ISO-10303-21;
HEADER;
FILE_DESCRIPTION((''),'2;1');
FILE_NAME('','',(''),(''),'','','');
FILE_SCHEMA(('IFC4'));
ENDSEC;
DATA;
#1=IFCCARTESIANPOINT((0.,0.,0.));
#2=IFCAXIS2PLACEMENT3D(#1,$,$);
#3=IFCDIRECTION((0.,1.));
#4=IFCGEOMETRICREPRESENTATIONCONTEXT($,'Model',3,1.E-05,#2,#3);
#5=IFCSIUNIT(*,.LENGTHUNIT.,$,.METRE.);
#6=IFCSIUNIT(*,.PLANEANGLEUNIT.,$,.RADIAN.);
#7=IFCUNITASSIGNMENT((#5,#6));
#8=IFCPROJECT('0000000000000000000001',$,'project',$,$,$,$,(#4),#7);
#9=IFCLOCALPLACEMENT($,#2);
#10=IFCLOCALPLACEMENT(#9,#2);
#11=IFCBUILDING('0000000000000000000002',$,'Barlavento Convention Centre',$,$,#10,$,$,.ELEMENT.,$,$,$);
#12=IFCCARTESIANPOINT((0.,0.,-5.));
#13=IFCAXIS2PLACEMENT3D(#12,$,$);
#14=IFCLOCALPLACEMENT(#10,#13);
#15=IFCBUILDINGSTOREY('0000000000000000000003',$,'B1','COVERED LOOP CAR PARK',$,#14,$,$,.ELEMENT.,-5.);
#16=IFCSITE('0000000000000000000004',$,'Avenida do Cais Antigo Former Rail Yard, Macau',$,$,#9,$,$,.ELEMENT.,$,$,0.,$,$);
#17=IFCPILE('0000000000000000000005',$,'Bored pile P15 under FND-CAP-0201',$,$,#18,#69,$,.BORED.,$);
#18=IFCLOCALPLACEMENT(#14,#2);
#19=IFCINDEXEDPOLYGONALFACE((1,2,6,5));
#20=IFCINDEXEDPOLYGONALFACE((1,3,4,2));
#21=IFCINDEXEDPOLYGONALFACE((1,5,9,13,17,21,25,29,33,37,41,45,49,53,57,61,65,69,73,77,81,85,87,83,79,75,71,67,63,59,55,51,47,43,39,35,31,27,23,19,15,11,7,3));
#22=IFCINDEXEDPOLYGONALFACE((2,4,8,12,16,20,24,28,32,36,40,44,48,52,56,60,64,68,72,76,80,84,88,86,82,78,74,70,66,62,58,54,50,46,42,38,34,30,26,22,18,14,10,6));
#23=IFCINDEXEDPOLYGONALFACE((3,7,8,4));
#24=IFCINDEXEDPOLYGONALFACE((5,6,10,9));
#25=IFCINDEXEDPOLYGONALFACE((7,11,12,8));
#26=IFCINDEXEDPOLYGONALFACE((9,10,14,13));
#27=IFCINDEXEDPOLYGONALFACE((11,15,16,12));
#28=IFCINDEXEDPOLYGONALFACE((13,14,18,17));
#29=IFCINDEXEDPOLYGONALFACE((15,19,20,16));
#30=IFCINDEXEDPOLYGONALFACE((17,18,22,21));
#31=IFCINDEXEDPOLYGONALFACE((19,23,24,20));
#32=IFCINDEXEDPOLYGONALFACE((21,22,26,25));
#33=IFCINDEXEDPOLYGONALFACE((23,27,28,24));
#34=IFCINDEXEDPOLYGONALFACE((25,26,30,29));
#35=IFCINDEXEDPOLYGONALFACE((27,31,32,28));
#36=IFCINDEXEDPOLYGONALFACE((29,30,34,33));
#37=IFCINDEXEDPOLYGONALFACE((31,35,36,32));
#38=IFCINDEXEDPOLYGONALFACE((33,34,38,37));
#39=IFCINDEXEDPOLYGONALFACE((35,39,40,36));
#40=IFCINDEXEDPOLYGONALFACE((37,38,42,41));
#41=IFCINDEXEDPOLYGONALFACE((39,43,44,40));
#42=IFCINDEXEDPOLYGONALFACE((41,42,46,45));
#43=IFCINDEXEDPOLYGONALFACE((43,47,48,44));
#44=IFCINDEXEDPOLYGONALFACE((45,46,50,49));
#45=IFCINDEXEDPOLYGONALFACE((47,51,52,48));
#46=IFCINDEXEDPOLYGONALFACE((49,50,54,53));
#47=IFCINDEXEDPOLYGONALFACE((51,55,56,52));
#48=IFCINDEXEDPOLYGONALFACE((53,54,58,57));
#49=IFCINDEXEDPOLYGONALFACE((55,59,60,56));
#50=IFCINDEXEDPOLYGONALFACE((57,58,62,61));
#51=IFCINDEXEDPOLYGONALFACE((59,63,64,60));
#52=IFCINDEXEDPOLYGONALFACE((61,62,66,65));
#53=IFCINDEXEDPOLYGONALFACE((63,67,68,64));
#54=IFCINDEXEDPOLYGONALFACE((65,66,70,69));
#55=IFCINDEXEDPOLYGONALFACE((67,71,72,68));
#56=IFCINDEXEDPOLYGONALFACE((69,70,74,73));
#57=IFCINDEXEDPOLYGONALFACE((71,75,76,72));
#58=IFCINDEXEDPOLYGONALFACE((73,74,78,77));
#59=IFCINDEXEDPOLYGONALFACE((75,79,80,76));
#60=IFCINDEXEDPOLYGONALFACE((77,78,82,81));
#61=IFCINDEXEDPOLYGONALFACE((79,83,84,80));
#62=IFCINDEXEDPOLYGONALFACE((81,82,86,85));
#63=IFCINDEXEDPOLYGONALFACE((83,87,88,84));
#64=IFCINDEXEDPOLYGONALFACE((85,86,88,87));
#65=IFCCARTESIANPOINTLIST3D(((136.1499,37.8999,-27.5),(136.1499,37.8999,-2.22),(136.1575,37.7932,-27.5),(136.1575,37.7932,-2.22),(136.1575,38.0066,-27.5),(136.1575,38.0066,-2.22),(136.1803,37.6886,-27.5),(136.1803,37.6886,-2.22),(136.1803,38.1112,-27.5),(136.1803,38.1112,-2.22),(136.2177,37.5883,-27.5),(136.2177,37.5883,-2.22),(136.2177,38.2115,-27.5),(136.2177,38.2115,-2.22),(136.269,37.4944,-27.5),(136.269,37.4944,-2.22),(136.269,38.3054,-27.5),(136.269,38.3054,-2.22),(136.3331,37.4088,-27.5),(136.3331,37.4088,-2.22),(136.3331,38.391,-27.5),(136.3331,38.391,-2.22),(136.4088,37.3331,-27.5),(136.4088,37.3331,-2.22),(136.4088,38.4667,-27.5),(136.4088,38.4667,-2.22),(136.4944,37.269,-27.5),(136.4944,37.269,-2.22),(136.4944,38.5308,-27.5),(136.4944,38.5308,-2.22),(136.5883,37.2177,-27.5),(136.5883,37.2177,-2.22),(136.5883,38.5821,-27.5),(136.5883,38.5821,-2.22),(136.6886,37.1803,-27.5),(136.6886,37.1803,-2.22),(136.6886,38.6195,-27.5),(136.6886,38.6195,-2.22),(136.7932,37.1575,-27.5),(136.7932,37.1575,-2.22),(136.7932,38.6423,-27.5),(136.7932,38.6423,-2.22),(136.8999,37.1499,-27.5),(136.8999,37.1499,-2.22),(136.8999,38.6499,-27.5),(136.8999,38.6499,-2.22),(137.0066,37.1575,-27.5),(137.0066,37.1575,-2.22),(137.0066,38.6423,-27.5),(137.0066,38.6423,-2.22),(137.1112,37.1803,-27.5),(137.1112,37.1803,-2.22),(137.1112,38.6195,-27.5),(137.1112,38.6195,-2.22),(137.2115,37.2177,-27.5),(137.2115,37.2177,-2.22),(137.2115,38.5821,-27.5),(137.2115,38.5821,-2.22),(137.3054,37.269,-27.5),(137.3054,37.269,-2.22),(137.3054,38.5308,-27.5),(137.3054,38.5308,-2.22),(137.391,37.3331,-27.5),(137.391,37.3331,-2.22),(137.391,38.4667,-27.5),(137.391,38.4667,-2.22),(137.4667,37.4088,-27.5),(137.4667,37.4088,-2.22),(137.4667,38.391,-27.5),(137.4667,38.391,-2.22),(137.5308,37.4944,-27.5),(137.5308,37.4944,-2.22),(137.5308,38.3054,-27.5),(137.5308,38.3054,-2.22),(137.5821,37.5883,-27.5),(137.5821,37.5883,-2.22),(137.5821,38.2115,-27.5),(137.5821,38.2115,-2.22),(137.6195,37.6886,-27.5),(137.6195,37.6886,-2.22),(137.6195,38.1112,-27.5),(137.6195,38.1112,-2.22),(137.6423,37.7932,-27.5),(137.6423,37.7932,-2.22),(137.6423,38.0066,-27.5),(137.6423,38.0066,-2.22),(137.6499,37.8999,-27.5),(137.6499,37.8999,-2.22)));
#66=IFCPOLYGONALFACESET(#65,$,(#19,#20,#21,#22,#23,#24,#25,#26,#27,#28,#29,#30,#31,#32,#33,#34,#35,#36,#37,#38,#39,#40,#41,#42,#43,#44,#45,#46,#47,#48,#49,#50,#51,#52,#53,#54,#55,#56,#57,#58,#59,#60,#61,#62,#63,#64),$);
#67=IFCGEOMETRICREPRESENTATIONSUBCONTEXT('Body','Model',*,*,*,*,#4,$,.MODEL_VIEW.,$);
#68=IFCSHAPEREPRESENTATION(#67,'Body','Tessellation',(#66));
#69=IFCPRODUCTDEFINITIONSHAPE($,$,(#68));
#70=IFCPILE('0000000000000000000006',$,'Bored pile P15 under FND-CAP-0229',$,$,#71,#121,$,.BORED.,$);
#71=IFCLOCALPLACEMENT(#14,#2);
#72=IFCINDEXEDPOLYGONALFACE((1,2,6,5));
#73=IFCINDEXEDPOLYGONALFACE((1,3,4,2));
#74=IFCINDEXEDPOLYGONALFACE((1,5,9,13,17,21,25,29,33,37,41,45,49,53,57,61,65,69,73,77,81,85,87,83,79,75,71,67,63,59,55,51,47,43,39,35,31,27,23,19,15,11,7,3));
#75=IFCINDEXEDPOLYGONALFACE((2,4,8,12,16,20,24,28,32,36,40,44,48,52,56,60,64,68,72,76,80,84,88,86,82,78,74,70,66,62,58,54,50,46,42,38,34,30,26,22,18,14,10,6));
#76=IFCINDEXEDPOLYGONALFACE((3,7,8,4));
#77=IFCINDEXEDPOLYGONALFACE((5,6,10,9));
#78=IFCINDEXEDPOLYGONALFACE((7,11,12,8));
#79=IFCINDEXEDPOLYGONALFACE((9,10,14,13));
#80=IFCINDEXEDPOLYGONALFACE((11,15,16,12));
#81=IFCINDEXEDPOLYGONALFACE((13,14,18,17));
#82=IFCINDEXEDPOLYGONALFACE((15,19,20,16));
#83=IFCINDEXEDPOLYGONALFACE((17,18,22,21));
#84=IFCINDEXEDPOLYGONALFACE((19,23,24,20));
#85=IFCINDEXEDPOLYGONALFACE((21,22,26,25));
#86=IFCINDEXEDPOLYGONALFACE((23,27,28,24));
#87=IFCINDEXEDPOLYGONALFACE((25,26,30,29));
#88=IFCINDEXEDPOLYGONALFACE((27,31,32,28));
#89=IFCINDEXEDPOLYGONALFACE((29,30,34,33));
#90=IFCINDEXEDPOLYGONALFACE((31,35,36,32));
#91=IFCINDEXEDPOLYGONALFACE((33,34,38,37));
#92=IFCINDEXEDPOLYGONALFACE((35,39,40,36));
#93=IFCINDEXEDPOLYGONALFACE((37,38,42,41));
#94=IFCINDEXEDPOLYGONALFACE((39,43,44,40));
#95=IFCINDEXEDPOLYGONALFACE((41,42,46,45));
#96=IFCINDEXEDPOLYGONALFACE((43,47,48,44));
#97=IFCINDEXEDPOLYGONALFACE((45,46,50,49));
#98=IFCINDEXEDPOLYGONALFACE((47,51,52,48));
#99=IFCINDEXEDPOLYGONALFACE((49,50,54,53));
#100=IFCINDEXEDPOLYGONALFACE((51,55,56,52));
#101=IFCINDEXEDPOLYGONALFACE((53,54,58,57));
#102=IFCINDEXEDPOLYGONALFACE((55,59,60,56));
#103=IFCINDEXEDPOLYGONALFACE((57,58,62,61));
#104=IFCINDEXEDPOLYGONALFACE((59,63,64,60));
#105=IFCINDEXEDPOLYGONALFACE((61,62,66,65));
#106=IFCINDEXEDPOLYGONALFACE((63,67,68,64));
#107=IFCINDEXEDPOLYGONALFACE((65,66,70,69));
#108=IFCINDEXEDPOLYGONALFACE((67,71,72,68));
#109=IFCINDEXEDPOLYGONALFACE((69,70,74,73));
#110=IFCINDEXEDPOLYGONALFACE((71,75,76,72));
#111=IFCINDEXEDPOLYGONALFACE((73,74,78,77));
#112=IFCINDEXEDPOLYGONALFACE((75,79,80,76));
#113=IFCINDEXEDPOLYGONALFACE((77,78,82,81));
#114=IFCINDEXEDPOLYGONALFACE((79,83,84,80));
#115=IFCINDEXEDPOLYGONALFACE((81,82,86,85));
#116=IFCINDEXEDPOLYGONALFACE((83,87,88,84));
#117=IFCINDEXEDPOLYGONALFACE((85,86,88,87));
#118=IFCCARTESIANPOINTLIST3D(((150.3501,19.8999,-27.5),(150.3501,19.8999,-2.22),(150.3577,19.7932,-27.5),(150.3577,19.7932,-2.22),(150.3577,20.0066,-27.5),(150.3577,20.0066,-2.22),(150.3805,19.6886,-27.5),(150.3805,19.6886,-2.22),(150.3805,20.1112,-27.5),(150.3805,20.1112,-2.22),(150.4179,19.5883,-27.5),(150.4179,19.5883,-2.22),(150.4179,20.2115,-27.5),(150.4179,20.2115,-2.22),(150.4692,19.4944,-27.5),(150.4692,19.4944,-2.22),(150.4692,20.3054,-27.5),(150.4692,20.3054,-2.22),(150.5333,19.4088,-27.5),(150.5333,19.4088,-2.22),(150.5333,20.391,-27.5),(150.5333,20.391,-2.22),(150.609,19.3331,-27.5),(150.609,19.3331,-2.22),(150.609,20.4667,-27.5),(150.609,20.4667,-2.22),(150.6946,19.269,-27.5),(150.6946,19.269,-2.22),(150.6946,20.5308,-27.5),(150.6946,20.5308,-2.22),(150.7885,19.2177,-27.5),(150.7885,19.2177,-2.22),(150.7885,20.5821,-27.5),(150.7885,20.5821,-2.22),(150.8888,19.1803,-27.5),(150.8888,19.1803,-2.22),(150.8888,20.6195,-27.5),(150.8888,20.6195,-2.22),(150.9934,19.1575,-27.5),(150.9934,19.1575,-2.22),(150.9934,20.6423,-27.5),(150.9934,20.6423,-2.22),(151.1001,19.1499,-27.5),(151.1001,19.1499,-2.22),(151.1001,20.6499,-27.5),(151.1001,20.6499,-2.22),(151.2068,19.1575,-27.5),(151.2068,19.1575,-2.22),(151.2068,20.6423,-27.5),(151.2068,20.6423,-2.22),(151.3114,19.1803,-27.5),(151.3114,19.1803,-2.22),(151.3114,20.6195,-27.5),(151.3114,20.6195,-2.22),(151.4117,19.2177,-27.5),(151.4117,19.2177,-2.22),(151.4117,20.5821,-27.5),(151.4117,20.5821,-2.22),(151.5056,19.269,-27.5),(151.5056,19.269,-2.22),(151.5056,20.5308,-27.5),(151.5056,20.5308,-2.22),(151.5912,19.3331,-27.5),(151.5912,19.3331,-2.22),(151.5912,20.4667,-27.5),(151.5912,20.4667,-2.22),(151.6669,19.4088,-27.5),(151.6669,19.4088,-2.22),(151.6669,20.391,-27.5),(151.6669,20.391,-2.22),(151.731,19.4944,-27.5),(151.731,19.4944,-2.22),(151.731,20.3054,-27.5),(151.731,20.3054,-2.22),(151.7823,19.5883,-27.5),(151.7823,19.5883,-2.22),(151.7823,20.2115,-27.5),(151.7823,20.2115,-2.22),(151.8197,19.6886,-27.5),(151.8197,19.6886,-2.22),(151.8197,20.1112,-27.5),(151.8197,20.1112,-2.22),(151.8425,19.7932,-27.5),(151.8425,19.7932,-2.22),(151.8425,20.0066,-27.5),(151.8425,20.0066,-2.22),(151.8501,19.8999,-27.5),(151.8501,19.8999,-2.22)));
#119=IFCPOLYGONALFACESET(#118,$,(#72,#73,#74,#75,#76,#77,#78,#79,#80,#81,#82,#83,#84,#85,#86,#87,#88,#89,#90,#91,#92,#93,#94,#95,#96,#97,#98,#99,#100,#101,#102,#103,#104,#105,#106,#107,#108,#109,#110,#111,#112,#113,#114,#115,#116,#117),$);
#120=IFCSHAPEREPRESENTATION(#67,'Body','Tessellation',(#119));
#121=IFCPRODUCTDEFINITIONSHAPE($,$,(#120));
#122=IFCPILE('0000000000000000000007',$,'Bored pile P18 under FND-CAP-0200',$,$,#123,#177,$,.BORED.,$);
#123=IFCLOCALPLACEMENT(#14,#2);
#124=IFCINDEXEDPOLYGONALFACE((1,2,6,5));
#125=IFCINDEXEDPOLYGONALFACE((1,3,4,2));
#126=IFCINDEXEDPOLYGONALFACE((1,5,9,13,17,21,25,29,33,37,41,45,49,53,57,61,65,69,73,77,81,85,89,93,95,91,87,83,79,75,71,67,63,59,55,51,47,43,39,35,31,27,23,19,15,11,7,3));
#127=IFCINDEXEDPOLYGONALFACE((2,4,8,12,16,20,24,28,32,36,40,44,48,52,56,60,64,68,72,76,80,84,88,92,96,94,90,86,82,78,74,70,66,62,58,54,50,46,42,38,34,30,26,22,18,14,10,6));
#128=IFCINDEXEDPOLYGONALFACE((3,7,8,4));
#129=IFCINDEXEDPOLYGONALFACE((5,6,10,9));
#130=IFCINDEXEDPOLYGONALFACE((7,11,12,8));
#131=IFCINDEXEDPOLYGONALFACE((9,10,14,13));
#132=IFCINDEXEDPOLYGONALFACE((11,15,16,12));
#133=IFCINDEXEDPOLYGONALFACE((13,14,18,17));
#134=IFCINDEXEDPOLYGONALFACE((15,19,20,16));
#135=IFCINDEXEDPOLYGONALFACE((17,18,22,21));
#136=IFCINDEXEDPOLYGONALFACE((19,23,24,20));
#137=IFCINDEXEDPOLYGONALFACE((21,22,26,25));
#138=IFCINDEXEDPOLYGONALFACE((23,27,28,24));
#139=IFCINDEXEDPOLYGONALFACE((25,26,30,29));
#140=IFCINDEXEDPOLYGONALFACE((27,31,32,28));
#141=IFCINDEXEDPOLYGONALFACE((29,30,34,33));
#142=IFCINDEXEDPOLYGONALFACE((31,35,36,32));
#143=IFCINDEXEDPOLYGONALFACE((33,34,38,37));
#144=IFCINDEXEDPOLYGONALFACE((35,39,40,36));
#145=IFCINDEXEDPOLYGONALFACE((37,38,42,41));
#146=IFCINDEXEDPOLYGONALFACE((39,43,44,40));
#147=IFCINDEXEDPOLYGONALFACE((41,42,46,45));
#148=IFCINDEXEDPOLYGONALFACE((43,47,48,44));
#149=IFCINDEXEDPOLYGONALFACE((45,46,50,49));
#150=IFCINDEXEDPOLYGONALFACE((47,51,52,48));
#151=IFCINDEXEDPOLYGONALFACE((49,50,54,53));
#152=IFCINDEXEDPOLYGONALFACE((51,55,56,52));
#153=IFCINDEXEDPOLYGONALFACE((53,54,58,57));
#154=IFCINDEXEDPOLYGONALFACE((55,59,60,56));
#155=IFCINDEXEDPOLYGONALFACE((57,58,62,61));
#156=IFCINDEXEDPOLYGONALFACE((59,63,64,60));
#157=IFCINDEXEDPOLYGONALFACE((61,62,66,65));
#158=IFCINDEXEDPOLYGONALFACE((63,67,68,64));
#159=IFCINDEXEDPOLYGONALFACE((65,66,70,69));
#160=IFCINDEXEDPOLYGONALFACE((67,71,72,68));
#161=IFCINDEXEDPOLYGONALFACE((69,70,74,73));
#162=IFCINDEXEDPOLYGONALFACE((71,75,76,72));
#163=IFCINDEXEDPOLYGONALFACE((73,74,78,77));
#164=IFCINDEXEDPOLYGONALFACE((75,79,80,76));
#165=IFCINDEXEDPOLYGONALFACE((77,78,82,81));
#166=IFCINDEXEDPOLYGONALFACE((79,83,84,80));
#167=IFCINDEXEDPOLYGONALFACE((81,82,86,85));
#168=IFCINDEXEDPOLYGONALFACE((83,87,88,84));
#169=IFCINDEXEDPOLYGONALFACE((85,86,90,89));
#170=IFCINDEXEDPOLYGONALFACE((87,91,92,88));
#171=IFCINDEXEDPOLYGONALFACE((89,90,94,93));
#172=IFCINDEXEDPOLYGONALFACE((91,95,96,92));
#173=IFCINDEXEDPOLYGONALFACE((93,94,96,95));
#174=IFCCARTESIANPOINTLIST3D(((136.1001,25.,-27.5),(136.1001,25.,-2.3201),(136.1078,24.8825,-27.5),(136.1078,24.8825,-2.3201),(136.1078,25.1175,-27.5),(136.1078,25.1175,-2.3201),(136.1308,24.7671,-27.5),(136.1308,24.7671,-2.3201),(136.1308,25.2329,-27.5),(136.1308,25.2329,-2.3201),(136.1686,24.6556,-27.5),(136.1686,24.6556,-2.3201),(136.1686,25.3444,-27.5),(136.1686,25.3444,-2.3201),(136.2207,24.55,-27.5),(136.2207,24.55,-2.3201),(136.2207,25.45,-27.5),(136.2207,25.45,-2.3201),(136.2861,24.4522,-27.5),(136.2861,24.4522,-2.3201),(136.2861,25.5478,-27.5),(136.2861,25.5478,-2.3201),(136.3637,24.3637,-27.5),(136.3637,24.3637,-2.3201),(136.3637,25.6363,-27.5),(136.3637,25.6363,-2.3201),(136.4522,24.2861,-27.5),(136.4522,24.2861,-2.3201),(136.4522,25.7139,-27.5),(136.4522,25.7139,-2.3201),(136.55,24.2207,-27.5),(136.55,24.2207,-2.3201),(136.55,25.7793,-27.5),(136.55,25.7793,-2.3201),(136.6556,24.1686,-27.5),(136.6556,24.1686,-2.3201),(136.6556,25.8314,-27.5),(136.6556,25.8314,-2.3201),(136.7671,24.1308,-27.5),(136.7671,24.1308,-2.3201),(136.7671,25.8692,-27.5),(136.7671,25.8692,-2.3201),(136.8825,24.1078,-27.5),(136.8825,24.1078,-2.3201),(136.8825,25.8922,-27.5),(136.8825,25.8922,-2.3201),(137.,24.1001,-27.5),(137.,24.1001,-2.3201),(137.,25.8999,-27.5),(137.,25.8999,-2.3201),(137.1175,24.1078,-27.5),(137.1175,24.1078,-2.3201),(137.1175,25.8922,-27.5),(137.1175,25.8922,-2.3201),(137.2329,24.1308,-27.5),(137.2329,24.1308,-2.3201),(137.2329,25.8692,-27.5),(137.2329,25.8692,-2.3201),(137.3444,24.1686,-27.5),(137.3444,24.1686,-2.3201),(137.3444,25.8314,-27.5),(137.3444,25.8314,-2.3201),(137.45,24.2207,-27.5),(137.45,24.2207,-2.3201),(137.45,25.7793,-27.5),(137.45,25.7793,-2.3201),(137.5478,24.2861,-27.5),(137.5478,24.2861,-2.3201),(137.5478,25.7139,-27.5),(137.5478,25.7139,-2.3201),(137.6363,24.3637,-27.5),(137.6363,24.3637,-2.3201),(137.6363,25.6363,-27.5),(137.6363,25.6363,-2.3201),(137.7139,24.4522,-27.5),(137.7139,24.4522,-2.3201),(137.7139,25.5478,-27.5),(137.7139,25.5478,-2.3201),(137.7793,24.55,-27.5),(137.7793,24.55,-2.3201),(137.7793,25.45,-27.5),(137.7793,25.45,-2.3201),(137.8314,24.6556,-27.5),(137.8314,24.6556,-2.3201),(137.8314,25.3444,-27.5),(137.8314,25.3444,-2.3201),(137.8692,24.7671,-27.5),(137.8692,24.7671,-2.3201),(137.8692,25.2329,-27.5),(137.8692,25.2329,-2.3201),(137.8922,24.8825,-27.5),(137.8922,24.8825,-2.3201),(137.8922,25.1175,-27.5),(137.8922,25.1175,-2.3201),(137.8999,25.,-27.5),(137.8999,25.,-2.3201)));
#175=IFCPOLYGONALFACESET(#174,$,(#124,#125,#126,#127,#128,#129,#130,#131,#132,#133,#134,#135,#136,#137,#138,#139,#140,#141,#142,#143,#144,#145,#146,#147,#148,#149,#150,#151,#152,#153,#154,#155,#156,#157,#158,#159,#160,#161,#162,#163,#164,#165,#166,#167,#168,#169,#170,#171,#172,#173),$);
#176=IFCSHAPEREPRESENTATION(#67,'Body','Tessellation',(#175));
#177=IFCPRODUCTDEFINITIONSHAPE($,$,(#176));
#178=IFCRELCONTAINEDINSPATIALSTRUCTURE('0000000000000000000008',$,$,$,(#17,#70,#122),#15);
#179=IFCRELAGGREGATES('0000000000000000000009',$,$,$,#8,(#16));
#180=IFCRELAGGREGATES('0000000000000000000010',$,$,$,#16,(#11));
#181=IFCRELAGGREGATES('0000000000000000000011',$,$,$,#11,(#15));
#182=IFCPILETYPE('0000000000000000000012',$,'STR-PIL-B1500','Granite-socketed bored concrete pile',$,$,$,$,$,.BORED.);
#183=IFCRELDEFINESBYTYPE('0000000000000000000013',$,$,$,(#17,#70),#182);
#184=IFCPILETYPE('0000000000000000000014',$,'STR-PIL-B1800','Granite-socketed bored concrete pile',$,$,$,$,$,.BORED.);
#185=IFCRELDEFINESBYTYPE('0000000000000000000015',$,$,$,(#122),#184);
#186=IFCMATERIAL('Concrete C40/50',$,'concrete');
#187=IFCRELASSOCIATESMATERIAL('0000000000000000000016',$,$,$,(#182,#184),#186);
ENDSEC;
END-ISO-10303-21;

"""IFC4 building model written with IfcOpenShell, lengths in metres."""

from ifc_helpers import new_model, si_unit, direction, frame, origin, origin_2d, place, context, subcontext, project, spatial, circle, extrude, material, material_profile, profile_set, type_object, element, save


model = new_model("IFC4")

# Units and contexts
model_context = context("Model", 3, precision=1e-05, world=origin(), true_north=direction((0.0, 1.0)))
body_context = subcontext(model_context, "Body", "Model", "MODEL_VIEW")
ifc_project = project(units=[si_unit("LENGTHUNIT", "METRE"), si_unit("PLANEANGLEUNIT", "RADIAN")], contexts=[model_context])

# Site, building, storey
site_placement = place(None, origin())
site = spatial("IfcSite", under=ifc_project, at=site_placement, Name="Avenida do Cais Antigo Former Rail Yard, Macau", CompositionType="ELEMENT", RefElevation=0.0)
building_placement = place(site_placement, origin())
building = spatial("IfcBuilding", under=site, at=building_placement, Name="Barlavento Convention Centre", CompositionType="ELEMENT")
storey_placement = place(building_placement, frame((0.0, 0.0, -5.0)))
storey = spatial("IfcBuildingStorey", under=building, at=storey_placement, Name="B1", Description="COVERED LOOP CAR PARK", CompositionType="ELEMENT", Elevation=-5.0)

# Shared definitions
ifc_material_1 = material(Name="Concrete C40/50", Category="concrete")

# Piles
ifc_material_profile_1 = material_profile(ifc_material_1, circle(Radius=0.75, at=origin_2d()), Name="BORED PILE 1500")
ifc_profile_set_1 = profile_set([ifc_material_profile_1], Name="Concrete C40/50")
pile_type_1 = type_object("IfcPileType", Name="STR-PIL-B1500", Description="Granite-socketed bored concrete pile", PredefinedType="BORED", material=ifc_profile_set_1)
for number, where, z_axis, x_axis, name in (
    (1, (136.8999, 37.8999, -2.22), (0.0, 0.0, -1.0), (1.0, 0.0, 0.0), "Bored pile P15 under FND-CAP-0201"),
    (2, (151.1001, 19.8999, -2.22), (0.0, 0.0, -1.0), (1.0, 0.0, 0.0), "Bored pile P15 under FND-CAP-0229"),
):
    element("IfcPile", number, at=place(storey_placement, frame(where, z_axis=z_axis, x_axis=x_axis)), inside=storey, type_object=pile_type_1, Name=name, PredefinedType="BORED", context=body_context, shape_type="SweptSolid", body=[
        extrude(circle(Radius=0.75, at=origin_2d()), origin(), (0.0, 0.0, 1.0), 25.28),
    ])
ifc_material_profile_2 = material_profile(ifc_material_1, circle(Radius=0.8999, at=origin_2d()), Name="BORED PILE 1800")
ifc_profile_set_2 = profile_set([ifc_material_profile_2], Name="Concrete C40/50")
pile_type_2 = type_object("IfcPileType", Name="STR-PIL-B1800", Description="Granite-socketed bored concrete pile", PredefinedType="BORED", material=ifc_profile_set_2)
for number, where, z_axis, x_axis, name in (
    (3, (137.0, 25.0, -2.3201), (0.0, 0.0, -1.0), (1.0, 0.0, 0.0), "Bored pile P18 under FND-CAP-0200"),
):
    element("IfcPile", number, at=place(storey_placement, frame(where, z_axis=z_axis, x_axis=x_axis)), inside=storey, type_object=pile_type_2, Name=name, PredefinedType="BORED", context=body_context, shape_type="SweptSolid", body=[
        extrude(circle(Radius=0.8999, at=origin_2d()), origin(), (0.0, 0.0, 1.0), 25.1799),
    ])

save(model, "model.ifc")
